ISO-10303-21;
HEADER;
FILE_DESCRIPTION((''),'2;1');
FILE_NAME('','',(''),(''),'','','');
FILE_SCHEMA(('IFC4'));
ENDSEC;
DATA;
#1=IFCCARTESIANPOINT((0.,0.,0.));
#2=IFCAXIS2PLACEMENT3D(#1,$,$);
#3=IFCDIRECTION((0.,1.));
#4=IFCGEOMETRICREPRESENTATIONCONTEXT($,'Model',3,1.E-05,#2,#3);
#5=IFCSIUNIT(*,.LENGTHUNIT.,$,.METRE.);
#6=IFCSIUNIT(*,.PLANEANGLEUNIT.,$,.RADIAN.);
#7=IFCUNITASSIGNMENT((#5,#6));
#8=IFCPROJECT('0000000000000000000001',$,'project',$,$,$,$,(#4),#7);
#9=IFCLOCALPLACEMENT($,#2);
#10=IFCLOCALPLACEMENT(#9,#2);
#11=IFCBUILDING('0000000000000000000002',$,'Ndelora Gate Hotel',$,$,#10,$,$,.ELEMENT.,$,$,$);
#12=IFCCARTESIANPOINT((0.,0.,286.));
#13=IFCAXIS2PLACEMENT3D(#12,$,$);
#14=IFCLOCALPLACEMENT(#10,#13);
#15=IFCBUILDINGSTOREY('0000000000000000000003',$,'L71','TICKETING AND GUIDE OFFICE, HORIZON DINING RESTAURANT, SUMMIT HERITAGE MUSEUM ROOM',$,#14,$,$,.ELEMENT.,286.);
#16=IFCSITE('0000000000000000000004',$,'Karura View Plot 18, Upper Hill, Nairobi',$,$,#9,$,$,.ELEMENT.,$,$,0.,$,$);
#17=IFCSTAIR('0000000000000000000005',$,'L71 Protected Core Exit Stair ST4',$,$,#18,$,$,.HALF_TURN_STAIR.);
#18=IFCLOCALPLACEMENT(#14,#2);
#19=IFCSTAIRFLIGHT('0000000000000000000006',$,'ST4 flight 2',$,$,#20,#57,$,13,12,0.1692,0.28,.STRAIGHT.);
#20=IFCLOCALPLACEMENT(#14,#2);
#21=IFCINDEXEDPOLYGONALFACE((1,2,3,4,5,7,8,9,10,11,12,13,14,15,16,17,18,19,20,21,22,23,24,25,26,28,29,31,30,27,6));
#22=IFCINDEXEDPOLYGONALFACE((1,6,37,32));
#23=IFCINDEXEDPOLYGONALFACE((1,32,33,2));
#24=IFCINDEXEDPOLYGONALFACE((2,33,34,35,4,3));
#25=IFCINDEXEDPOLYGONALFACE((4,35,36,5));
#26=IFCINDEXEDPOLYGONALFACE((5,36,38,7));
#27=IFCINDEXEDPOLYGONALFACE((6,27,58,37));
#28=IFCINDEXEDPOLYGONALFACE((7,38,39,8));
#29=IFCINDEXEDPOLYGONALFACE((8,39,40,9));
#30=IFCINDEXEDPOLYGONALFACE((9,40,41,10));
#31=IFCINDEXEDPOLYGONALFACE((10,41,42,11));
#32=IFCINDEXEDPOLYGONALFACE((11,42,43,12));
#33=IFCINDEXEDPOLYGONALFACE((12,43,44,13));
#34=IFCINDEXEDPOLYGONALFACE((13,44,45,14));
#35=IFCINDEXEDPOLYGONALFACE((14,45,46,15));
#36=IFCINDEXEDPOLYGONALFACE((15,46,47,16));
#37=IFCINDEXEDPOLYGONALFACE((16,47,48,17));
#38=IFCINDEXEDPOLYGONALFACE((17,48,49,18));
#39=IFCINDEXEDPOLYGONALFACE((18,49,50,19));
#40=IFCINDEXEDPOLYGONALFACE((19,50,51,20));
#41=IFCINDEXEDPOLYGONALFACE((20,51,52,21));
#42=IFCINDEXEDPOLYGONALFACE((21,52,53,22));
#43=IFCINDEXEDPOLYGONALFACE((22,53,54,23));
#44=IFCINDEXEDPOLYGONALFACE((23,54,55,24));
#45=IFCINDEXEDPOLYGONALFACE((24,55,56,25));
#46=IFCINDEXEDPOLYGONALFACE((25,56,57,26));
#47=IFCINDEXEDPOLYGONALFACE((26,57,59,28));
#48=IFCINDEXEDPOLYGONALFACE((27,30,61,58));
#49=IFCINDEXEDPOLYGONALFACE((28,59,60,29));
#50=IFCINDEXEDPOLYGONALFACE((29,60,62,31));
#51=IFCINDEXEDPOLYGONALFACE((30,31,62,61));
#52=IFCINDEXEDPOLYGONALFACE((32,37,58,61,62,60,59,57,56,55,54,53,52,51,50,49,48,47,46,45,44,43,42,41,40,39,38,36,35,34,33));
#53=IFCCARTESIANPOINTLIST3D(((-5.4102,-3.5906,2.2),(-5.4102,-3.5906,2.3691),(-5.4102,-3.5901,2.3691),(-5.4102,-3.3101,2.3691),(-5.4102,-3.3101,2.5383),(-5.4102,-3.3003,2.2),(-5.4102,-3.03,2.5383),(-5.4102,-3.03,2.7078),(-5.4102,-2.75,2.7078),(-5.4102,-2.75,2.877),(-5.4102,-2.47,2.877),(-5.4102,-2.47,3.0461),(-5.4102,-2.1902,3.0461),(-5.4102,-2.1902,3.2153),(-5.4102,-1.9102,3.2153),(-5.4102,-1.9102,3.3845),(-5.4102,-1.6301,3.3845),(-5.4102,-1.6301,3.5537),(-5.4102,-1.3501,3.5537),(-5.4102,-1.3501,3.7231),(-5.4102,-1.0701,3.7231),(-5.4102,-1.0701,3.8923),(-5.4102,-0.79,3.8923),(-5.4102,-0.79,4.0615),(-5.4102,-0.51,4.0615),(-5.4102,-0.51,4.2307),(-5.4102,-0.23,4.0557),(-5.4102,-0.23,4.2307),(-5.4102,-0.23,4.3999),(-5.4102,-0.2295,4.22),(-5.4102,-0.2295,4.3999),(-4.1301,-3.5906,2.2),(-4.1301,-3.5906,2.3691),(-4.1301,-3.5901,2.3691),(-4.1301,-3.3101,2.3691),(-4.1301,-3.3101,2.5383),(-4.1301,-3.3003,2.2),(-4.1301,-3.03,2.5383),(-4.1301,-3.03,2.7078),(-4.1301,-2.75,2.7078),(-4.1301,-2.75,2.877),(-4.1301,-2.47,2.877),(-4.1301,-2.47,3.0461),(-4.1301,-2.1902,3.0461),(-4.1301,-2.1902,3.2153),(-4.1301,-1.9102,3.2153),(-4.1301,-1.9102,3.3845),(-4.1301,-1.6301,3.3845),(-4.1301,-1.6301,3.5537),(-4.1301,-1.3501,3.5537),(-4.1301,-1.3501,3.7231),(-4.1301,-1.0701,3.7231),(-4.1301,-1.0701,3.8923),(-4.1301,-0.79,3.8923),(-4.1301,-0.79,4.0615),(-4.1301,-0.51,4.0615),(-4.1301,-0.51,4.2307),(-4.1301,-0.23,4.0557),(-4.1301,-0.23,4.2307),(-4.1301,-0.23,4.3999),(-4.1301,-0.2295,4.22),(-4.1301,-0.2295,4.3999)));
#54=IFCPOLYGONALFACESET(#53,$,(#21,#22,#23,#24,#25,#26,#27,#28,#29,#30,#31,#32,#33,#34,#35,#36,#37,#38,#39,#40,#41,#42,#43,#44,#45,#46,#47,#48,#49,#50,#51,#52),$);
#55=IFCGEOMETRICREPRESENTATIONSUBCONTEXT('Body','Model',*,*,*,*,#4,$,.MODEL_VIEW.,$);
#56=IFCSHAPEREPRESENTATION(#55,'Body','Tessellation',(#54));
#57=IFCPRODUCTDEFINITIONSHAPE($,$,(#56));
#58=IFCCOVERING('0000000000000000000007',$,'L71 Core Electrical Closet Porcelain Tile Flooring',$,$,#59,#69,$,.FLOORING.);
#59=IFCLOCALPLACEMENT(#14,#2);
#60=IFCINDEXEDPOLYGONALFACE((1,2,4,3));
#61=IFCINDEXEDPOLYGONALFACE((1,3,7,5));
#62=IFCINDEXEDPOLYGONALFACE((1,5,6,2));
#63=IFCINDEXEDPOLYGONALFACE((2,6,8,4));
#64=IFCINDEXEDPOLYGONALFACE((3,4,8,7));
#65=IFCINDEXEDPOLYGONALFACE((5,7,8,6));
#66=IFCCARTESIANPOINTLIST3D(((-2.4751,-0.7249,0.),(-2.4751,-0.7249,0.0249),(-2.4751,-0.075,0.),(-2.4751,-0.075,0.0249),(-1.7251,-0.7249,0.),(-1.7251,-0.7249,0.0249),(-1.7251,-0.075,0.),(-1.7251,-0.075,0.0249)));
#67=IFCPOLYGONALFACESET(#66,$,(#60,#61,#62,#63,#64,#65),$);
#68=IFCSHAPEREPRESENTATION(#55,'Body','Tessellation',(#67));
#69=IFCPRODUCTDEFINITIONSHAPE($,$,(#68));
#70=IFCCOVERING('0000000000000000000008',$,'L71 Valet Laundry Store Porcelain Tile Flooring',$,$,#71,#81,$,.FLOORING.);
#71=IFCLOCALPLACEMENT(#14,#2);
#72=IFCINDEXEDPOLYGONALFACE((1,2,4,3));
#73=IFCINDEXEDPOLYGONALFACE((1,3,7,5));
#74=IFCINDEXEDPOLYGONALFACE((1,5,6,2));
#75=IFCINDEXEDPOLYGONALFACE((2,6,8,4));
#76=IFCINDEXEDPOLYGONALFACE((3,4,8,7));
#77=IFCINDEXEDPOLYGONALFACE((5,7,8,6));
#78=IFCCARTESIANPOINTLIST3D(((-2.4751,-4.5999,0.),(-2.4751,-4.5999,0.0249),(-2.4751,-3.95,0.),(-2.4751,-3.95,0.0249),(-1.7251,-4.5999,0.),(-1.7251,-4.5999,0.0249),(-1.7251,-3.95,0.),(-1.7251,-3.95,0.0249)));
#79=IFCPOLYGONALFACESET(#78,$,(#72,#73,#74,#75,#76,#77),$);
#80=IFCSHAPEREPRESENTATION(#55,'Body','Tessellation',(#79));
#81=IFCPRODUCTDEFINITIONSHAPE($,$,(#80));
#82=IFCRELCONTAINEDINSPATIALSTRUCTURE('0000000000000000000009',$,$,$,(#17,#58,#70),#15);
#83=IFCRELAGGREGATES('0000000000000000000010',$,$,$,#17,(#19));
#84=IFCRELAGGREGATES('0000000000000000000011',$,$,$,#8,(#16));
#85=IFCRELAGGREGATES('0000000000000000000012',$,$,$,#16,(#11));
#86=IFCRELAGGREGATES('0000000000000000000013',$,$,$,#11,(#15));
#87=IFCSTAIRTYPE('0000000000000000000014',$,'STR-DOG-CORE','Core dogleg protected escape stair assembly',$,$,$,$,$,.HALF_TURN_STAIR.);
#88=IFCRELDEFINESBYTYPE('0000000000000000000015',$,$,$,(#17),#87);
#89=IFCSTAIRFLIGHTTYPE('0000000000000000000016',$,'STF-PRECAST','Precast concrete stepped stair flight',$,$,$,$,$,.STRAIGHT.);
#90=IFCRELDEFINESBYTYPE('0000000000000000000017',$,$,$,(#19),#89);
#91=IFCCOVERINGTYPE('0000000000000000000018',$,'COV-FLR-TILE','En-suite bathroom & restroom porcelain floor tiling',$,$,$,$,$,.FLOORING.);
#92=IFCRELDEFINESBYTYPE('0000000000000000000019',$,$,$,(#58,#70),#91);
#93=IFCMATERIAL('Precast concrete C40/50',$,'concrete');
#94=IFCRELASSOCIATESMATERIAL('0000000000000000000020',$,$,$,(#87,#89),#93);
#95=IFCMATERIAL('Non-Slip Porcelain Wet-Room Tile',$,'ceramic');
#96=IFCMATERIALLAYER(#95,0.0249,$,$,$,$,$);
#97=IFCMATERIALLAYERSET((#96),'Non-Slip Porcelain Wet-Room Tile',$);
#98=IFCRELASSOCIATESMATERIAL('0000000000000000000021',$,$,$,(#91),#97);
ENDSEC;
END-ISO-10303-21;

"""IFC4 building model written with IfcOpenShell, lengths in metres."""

from ifc_helpers import new_model, si_unit, direction, frame, origin, origin_2d, place, context, subcontext, project, spatial, polyline, rectangle, outline, extrude, material, layer, layer_set, type_object, element, aggregate, save


model = new_model("IFC4")

# Units and contexts
model_context = context("Model", 3, precision=1e-05, world=origin(), true_north=direction((0.0, 1.0)))
body_context = subcontext(model_context, "Body", "Model", "MODEL_VIEW")
ifc_project = project(units=[si_unit("LENGTHUNIT", "METRE"), si_unit("PLANEANGLEUNIT", "RADIAN")], contexts=[model_context])

# Site, building, storey
site_placement = place(None, origin())
site = spatial("IfcSite", under=ifc_project, at=site_placement, Name="Karura View Plot 18, Upper Hill, Nairobi", CompositionType="ELEMENT", RefElevation=0.0)
building_placement = place(site_placement, origin())
building = spatial("IfcBuilding", under=site, at=building_placement, Name="Ndelora Gate Hotel", CompositionType="ELEMENT")
storey_placement = place(building_placement, frame((0.0, 0.0, 286.0)))
storey = spatial("IfcBuildingStorey", under=building, at=storey_placement, Name="L71", Description="TICKETING AND GUIDE OFFICE, HORIZON DINING RESTAURANT, SUMMIT HERITAGE MUSEUM ROOM", CompositionType="ELEMENT", Elevation=286.0)

# Stair, stair flight
ifc_material_1 = material(Name="Precast concrete C40/50", Category="concrete")
stair_type = type_object("IfcStairType", Name="STR-DOG-CORE", Description="Core dogleg protected escape stair assembly", PredefinedType="HALF_TURN_STAIR", material=ifc_material_1)
stair_placement = place(storey_placement, origin())
stair = element("IfcStair", 1, at=stair_placement, inside=storey, type_object=stair_type, Name="L71 Protected Core Exit Stair ST4", PredefinedType="HALF_TURN_STAIR")
stair_flight_type = type_object("IfcStairFlightType", Name="STF-PRECAST", Description="Precast concrete stepped stair flight", PredefinedType="STRAIGHT", material=ifc_material_1)
stair_flight_1_placement = place(storey_placement, frame((-4.77, -3.5901, 2.2), z_axis=(0.0, 0.0, 1.0), x_axis=(0.0, 1.0, 0.0)))
stair_flight_1 = element("IfcStairFlight", 2, at=stair_flight_1_placement, type_object=stair_flight_type, Name="ST4 flight 2", NumberOfRisers=13, NumberOfTreads=12, PredefinedType="STRAIGHT", RiserHeight=0.1692, TreadLength=0.28, context=body_context, shape_type="SweptSolid", body=[
    extrude(outline(polyline([(-0.0005, 0.0), (-0.0005, 0.1692), (0.0, 0.1692), (0.28, 0.1692), (0.28, 0.3384), (0.5601, 0.3384), (0.5601, 0.5078), (0.8401, 0.5078), (0.8401, 0.677), (1.1201, 0.677), (1.1201, 0.8462), (1.3999, 0.8462), (1.3999, 1.0154), (1.6799, 1.0154), (1.6799, 1.1846), (1.96, 1.1846), (1.96, 1.3538), (2.24, 1.3538), (2.24, 1.5232), (2.52, 1.5232), (2.52, 1.6924), (2.8, 1.6924), (2.8, 1.8616), (3.0801, 1.8616), (3.0801, 2.0308), (3.3601, 2.0308), (3.3601, 2.2), (3.3606, 2.2), (3.3606, 2.02), (3.3601, 1.8557), (0.2898, 0.0), (-0.0005, 0.0)])), frame((0.0, 0.6401, 0.0), z_axis=(0.0, -1.0, 0.0), x_axis=(1.0, 0.0, 0.0)), (0.0, 0.0, 1.0), 1.28),
])
aggregate(stair, [stair_flight_1])

# Coverings
ifc_material_2 = material(Name="Non-Slip Porcelain Wet-Room Tile", Category="ceramic")
ifc_layer_1 = layer(ifc_material_2, 0.0249)
ifc_layer_set_1 = layer_set([ifc_layer_1], Name="Non-Slip Porcelain Wet-Room Tile")
covering_type = type_object("IfcCoveringType", Name="COV-FLR-TILE", Description="En-suite bathroom & restroom porcelain floor tiling", PredefinedType="FLOORING", material=ifc_layer_set_1)
for number, where, z_axis, x_axis, name in (
    (3, (-2.1001, -0.3999, 0.0), (0.0, 0.0, 1.0), (1.0, 0.0, 0.0), "L71 Core Electrical Closet Porcelain Tile Flooring"),
    (4, (-2.1001, -4.2749, 0.0), (0.0, 0.0, 1.0), (1.0, 0.0, 0.0), "L71 Valet Laundry Store Porcelain Tile Flooring"),
):
    element("IfcCovering", number, at=place(storey_placement, frame(where, z_axis=z_axis, x_axis=x_axis)), inside=storey, type_object=covering_type, Name=name, PredefinedType="FLOORING", context=body_context, shape_type="SweptSolid", body=[
        extrude(rectangle(XDim=0.75, YDim=0.6499, at=origin_2d()), origin(), (0.0, 0.0, 1.0), 0.0249),
    ])

save(model, "model.ifc")
